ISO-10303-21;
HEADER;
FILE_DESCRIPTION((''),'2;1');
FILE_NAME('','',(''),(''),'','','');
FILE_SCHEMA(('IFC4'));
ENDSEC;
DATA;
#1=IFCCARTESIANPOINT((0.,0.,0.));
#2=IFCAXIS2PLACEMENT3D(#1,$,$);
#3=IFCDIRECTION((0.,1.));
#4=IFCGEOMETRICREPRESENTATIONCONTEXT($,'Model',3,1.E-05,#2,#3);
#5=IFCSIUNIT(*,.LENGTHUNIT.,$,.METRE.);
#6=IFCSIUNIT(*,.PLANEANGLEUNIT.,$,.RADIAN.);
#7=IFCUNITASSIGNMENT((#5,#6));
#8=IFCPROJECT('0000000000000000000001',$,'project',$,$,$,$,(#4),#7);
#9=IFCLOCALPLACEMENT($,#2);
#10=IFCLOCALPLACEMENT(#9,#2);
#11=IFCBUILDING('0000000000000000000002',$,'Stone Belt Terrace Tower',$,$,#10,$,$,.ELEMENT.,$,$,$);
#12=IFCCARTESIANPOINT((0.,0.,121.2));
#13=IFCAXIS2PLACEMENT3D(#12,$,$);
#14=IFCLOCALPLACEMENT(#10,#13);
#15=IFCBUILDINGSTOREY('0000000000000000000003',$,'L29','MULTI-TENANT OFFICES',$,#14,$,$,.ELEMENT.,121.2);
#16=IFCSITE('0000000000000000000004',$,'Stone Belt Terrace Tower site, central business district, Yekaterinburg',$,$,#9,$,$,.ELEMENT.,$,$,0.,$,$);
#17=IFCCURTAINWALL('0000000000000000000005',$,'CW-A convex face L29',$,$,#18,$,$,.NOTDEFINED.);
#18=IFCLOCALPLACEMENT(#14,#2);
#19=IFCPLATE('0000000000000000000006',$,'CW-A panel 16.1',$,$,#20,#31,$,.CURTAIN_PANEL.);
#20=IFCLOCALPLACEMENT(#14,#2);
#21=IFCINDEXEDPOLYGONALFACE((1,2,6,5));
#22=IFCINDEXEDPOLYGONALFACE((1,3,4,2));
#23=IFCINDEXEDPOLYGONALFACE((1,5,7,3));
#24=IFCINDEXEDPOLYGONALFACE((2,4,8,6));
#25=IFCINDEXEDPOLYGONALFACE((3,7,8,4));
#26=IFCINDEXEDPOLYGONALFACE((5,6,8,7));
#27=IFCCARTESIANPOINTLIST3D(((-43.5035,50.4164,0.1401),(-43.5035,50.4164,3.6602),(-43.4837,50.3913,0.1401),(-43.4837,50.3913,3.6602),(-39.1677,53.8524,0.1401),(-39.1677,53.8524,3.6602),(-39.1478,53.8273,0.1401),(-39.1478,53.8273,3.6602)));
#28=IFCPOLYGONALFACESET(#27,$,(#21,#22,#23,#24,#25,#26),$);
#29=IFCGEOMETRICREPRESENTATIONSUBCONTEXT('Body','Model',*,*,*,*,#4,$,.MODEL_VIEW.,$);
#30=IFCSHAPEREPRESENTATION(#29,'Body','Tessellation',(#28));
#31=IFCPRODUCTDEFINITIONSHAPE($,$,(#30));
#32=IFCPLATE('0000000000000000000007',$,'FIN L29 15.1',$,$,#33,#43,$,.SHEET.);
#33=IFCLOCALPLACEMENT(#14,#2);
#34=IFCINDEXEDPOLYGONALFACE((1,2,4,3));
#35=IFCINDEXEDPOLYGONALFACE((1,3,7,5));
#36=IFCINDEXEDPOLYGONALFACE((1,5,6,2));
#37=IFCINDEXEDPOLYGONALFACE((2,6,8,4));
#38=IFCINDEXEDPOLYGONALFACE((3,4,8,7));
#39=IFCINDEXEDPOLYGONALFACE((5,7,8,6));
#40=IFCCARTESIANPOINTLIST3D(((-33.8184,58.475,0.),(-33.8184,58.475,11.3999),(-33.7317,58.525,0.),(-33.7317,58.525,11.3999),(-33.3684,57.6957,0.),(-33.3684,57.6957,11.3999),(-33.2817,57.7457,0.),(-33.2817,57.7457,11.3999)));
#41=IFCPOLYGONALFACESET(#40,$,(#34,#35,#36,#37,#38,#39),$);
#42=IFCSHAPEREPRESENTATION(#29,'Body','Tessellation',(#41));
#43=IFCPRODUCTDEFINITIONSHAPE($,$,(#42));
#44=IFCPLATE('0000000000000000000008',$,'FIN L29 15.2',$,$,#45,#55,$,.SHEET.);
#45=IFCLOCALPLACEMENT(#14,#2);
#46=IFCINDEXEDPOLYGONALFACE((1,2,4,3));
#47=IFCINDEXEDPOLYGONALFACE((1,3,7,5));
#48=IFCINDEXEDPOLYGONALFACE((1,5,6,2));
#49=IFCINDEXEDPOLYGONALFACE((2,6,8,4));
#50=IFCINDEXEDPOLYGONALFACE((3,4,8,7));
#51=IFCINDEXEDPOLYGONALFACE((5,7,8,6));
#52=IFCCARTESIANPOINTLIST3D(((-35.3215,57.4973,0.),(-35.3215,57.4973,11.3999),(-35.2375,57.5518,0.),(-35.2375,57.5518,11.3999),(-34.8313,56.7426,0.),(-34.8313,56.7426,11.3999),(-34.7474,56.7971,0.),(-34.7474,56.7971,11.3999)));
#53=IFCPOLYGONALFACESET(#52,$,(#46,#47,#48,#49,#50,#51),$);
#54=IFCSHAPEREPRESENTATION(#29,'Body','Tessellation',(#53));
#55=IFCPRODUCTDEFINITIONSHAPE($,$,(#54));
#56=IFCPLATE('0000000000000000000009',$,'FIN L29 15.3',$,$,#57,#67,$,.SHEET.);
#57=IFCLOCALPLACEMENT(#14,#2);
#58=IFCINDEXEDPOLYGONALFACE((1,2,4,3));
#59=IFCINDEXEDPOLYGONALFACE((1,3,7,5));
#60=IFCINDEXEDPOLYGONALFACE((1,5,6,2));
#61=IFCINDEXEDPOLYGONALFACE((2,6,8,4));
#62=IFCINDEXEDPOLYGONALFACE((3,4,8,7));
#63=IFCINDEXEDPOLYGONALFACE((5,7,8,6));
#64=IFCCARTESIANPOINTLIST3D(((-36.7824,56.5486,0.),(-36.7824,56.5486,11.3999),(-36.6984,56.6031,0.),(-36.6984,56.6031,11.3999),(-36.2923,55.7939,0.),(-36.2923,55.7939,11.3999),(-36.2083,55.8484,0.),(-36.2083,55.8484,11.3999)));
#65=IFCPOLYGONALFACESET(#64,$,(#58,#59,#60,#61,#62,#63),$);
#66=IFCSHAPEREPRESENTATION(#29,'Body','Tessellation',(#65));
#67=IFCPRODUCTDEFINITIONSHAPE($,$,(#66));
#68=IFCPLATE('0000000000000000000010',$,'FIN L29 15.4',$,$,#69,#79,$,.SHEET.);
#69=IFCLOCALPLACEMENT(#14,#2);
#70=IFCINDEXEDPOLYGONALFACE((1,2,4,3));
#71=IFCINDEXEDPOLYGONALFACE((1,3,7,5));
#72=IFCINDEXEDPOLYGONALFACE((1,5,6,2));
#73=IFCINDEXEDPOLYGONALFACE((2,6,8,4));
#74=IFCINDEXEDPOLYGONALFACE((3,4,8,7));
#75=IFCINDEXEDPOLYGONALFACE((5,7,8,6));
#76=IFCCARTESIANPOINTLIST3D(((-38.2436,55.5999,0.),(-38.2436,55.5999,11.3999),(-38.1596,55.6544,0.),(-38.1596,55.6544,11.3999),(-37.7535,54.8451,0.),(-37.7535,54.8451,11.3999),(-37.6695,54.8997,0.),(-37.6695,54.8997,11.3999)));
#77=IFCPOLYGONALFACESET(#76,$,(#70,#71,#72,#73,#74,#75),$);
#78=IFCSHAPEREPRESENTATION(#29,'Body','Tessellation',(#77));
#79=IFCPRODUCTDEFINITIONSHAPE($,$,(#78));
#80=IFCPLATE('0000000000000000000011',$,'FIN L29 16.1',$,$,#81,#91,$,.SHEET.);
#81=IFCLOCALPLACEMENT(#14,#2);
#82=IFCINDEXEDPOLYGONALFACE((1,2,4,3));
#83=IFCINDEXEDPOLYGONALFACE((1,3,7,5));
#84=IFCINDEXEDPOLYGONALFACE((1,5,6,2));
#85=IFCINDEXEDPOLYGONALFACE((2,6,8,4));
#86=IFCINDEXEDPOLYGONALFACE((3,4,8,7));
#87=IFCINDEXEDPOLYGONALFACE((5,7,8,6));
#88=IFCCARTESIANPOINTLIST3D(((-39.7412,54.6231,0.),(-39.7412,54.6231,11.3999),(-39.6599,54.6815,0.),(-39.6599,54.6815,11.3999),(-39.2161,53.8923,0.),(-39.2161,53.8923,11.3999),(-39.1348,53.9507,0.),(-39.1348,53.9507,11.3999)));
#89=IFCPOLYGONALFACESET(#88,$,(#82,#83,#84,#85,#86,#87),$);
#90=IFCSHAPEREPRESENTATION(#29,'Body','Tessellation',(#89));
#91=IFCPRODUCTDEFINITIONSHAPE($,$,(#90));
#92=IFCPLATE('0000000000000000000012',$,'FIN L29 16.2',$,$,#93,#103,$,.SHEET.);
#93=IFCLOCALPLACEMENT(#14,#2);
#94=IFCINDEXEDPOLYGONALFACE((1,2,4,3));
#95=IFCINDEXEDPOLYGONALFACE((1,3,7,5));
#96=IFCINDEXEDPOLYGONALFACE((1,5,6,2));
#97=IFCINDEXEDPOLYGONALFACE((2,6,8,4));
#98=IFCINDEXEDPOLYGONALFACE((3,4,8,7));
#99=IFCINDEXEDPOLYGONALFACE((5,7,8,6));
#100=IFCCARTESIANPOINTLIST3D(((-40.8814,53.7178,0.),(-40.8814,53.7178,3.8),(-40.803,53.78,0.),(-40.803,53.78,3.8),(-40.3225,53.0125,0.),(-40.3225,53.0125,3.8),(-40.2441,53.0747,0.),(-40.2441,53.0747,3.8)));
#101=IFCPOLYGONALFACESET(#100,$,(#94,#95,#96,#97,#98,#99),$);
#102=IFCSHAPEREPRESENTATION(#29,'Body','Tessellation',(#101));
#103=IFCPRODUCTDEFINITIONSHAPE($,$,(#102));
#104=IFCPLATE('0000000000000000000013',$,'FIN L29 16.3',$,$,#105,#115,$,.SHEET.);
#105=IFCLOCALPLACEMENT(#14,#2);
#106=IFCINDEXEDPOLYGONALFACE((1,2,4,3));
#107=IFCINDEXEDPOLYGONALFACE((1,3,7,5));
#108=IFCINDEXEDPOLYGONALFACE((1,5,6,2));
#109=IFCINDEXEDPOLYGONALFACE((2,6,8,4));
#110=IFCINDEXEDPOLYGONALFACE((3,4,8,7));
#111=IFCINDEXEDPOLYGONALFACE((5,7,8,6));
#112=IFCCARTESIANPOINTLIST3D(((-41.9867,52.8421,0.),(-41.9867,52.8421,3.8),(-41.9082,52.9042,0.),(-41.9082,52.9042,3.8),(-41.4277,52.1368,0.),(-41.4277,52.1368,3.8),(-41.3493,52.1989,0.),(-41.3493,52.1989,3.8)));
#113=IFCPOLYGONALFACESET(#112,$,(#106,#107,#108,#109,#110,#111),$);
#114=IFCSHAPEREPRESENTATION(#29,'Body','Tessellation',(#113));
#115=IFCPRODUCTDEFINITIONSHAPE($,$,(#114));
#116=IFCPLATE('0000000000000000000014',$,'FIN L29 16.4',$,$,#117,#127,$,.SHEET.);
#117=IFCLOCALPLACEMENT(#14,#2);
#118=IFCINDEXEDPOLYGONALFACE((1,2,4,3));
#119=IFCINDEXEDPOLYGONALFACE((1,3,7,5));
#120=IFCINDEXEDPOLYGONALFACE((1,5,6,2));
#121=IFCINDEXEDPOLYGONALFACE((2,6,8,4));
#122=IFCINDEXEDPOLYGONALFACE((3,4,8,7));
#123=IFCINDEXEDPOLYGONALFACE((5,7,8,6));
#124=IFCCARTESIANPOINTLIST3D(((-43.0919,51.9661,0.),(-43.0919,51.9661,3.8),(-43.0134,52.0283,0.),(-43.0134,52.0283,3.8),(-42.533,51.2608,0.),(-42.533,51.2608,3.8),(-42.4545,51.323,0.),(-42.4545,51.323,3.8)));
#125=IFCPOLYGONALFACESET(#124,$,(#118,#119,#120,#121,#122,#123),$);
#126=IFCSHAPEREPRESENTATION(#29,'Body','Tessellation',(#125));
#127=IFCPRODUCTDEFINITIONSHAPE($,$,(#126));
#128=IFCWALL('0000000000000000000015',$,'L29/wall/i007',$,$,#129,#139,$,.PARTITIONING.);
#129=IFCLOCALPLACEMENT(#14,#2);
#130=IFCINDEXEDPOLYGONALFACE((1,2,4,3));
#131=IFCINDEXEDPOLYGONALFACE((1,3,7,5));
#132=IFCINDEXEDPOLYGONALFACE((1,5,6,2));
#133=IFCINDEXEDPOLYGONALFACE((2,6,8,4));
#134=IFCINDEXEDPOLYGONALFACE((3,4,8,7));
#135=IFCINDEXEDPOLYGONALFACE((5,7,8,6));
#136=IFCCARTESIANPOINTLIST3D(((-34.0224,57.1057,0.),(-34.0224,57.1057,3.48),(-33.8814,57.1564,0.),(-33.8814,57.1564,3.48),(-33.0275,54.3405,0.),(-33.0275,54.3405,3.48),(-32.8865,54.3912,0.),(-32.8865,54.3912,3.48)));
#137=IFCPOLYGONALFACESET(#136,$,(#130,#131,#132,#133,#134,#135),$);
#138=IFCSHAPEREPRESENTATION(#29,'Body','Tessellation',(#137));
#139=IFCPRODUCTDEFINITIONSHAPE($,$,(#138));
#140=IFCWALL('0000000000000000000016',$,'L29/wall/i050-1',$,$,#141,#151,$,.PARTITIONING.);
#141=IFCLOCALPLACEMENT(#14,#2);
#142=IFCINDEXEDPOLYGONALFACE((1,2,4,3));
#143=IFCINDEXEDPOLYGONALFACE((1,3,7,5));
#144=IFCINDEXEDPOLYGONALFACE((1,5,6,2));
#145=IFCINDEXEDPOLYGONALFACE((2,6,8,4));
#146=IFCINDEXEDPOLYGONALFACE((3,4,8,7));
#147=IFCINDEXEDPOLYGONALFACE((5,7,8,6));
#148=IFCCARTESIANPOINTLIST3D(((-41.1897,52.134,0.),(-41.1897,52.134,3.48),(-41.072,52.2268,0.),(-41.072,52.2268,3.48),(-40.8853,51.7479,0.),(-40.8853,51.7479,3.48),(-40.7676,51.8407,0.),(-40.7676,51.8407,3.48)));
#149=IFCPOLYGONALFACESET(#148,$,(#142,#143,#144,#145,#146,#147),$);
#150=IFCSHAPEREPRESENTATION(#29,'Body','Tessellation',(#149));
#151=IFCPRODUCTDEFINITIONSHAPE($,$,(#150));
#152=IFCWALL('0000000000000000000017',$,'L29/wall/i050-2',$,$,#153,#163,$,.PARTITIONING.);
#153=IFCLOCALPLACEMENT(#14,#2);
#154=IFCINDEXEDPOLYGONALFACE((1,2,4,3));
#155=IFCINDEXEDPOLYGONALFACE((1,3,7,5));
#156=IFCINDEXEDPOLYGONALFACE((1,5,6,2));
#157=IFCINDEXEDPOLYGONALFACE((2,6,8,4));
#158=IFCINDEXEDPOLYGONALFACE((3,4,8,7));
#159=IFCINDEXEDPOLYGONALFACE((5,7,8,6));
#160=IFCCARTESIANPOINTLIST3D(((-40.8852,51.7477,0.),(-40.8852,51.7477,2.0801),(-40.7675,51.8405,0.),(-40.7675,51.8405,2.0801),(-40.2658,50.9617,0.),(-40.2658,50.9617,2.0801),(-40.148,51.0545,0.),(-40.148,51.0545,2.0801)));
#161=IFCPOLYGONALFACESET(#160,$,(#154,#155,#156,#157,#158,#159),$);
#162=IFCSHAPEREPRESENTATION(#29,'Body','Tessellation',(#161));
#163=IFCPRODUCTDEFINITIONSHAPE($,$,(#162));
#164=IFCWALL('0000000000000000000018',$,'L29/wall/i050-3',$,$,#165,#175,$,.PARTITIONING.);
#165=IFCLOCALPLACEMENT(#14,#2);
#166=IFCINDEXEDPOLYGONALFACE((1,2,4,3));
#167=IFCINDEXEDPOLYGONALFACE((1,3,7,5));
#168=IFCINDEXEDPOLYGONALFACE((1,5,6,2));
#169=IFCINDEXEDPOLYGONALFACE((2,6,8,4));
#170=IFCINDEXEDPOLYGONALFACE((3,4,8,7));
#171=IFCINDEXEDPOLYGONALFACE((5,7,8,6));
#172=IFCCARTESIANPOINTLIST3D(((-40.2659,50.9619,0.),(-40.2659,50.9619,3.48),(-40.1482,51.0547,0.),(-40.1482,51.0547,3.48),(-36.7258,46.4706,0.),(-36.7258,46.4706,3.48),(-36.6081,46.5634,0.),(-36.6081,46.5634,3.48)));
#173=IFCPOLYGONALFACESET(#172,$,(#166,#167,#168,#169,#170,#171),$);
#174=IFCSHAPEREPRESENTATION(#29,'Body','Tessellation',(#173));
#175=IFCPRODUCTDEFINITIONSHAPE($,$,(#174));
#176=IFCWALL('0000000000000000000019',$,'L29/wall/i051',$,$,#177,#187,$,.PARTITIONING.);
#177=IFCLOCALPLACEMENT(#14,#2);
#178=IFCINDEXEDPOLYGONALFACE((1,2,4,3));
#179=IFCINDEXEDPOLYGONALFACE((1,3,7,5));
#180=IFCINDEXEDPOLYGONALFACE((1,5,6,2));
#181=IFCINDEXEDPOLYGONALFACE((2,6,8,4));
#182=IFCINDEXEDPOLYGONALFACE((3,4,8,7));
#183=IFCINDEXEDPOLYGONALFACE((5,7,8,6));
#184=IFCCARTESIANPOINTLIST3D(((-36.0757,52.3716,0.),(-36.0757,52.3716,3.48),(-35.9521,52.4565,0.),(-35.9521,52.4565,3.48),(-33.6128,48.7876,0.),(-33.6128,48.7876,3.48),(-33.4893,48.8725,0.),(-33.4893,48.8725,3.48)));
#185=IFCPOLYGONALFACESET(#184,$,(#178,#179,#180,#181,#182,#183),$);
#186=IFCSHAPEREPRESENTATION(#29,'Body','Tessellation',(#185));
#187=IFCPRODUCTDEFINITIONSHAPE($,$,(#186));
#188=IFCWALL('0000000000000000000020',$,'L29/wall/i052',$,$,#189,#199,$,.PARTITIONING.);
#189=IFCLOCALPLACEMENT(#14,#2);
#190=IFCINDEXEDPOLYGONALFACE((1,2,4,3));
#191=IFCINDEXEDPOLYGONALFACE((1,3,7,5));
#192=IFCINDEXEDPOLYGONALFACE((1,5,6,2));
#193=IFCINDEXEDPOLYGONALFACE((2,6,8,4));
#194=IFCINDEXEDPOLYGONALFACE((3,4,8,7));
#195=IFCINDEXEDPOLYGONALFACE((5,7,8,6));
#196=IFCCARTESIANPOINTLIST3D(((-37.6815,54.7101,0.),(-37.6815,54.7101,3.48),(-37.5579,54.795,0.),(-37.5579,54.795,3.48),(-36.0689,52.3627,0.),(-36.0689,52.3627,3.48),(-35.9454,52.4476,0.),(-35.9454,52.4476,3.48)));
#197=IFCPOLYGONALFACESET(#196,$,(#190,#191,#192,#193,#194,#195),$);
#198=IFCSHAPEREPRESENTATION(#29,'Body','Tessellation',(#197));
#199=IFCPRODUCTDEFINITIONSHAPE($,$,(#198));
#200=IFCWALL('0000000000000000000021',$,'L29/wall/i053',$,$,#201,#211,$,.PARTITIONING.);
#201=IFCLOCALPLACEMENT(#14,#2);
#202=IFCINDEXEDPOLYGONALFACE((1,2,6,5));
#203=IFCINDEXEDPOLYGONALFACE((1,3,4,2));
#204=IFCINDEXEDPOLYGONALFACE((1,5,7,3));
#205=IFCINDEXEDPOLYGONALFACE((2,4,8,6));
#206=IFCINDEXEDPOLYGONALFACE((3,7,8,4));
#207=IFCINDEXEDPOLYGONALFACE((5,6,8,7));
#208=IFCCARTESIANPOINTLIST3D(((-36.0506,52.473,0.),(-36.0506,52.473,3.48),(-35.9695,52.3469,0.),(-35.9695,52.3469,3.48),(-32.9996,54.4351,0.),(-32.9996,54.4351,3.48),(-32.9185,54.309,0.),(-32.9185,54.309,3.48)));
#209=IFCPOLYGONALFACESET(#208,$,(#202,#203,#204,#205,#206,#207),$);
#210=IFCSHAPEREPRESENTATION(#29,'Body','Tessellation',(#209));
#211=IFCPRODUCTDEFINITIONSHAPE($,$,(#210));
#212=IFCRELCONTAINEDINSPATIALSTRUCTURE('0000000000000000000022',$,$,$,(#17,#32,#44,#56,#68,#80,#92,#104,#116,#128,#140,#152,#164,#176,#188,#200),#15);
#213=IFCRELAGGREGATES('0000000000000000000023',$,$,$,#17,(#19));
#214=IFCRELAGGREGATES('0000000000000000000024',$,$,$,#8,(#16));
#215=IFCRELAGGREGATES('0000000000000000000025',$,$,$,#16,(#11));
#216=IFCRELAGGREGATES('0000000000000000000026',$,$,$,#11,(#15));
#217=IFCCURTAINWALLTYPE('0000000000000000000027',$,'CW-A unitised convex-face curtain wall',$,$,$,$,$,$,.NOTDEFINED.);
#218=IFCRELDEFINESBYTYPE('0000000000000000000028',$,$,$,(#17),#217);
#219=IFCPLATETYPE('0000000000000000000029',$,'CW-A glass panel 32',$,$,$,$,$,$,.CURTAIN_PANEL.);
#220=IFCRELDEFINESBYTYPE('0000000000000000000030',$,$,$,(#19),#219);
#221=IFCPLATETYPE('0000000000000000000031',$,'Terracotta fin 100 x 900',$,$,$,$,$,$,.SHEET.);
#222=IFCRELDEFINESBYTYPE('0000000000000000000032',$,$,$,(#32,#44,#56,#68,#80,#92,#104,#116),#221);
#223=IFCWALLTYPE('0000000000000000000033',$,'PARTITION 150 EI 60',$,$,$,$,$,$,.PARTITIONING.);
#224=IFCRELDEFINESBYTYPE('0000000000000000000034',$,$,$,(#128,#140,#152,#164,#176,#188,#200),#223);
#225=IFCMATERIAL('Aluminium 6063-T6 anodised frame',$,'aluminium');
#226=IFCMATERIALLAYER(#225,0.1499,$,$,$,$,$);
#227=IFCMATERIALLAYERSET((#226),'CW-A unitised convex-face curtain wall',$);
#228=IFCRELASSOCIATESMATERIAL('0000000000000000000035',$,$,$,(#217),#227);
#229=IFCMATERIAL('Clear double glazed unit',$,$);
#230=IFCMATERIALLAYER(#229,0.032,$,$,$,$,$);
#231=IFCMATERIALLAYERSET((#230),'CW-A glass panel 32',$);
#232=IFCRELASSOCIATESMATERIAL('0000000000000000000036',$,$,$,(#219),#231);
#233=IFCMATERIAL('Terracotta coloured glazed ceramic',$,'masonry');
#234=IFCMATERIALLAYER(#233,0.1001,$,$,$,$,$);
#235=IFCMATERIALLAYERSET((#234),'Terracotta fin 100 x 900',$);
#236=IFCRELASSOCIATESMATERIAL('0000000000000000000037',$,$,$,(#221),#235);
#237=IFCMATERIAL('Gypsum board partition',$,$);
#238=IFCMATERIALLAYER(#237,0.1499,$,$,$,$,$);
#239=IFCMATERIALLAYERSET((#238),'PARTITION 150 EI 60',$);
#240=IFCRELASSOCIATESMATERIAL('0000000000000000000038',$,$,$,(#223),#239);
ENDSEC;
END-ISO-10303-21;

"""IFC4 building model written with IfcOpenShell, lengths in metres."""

from ifc_helpers import new_model, si_unit, direction, frame, frame_2d, origin, origin_2d, place, context, subcontext, project, spatial, rectangle, extrude, material, layer, layer_set, type_object, element, aggregate, save


model = new_model("IFC4")

# Units and contexts
model_context = context("Model", 3, precision=1e-05, world=origin(), true_north=direction((0.0, 1.0)))
body_context = subcontext(model_context, "Body", "Model", "MODEL_VIEW")
ifc_project = project(units=[si_unit("LENGTHUNIT", "METRE"), si_unit("PLANEANGLEUNIT", "RADIAN")], contexts=[model_context])

# Site, building, storey
site_placement = place(None, origin())
site = spatial("IfcSite", under=ifc_project, at=site_placement, Name="Stone Belt Terrace Tower site, central business district, Yekaterinburg", CompositionType="ELEMENT", RefElevation=0.0)
building_placement = place(site_placement, origin())
building = spatial("IfcBuilding", under=site, at=building_placement, Name="Stone Belt Terrace Tower", CompositionType="ELEMENT")
storey_placement = place(building_placement, frame((0.0, 0.0, 121.2)))
storey = spatial("IfcBuildingStorey", under=building, at=storey_placement, Name="L29", Description="MULTI-TENANT OFFICES", CompositionType="ELEMENT", Elevation=121.2)

# Curtain wall
ifc_material_1 = material(Name="Aluminium 6063-T6 anodised frame", Category="aluminium")
ifc_layer_1 = layer(ifc_material_1, 0.1499)
ifc_layer_set_1 = layer_set([ifc_layer_1], Name="CW-A unitised convex-face curtain wall")
curtain_wall_type_1 = type_object("IfcCurtainWallType", Name="CW-A unitised convex-face curtain wall", PredefinedType="NOTDEFINED", material=ifc_layer_set_1)
curtain_wall_1_placement = place(storey_placement, origin())
curtain_wall_1 = element("IfcCurtainWall", 1, at=curtain_wall_1_placement, inside=storey, type_object=curtain_wall_type_1, Name="CW-A convex face L29", PredefinedType="NOTDEFINED")

# Plate
ifc_material_2 = material(Name="Clear double glazed unit")
ifc_layer_2 = layer(ifc_material_2, 0.032)
ifc_layer_set_2 = layer_set([ifc_layer_2], Name="CW-A glass panel 32")
plate_type_1 = type_object("IfcPlateType", Name="CW-A glass panel 32", PredefinedType="CURTAIN_PANEL", material=ifc_layer_set_2)
plate_1_placement = place(storey_placement, frame((-41.3257, 52.1218, 0.1401), z_axis=(0.0, 0.0, 1.0), x_axis=(-0.783743, -0.621085, 0.0)))
plate_1 = element("IfcPlate", 2, at=plate_1_placement, type_object=plate_type_1, Name="CW-A panel 16.1", PredefinedType="CURTAIN_PANEL", context=body_context, shape_type="SweptSolid", body=[
    extrude(rectangle(XDim=5.5322, YDim=0.032, at=origin_2d()), origin(), (0.0, 0.0, 1.0), 3.52),
])
aggregate(curtain_wall_1, [plate_1])

# Plates
ifc_material_3 = material(Name="Terracotta coloured glazed ceramic", Category="masonry")
ifc_layer_3 = layer(ifc_material_3, 0.1001)
ifc_layer_set_3 = layer_set([ifc_layer_3], Name="Terracotta fin 100 x 900")
plate_type_2 = type_object("IfcPlateType", Name="Terracotta fin 100 x 900", PredefinedType="SHEET", material=ifc_layer_set_3)
for number, where, z_axis, x_axis, name in (
    (3, (-33.55, 58.1104, 0.0), (0.0, 0.0, 1.0), (-0.5, 0.866025, 0.0), "FIN L29 15.1"),
    (4, (-35.0344, 57.1472, 0.0), (0.0, 0.0, 1.0), (-0.544639, 0.838671, 0.0), "FIN L29 15.2"),
    (5, (-36.4954, 56.1985, 0.0), (0.0, 0.0, 1.0), (-0.544639, 0.838671, 0.0), "FIN L29 15.3"),
    (6, (-37.9565, 55.2498, 0.0), (0.0, 0.0, 1.0), (-0.544639, 0.838671, 0.0), "FIN L29 15.4"),
    (7, (-39.438, 54.2869, 0.0), (0.0, 0.0, 1.0), (-0.583509, 0.812107, 0.0), "FIN L29 16.1"),
):
    element("IfcPlate", number, at=place(storey_placement, frame(where, z_axis=z_axis, x_axis=x_axis)), inside=storey, type_object=plate_type_2, Name=name, PredefinedType="SHEET", context=body_context, shape_type="SweptSolid", body=[
        extrude(rectangle(XDim=0.8999, YDim=0.1001, at=origin_2d()), origin(), (0.0, 0.0, 1.0), 11.3999),
    ])
for number, where, z_axis, x_axis, name in (
    (8, (-40.5627, 53.3962, 0.0), (0.0, 0.0, 1.0), (-0.621085, 0.783743, 0.0), "FIN L29 16.2"),
    (9, (-41.668, 52.5205, 0.0), (0.0, 0.0, 1.0), (-0.621085, 0.783743, 0.0), "FIN L29 16.3"),
    (10, (-42.7732, 51.6445, 0.0), (0.0, 0.0, 1.0), (-0.621085, 0.783743, 0.0), "FIN L29 16.4"),
):
    element("IfcPlate", number, at=place(storey_placement, frame(where, z_axis=z_axis, x_axis=x_axis)), inside=storey, type_object=plate_type_2, Name=name, PredefinedType="SHEET", context=body_context, shape_type="SweptSolid", body=[
        extrude(rectangle(XDim=0.8999, YDim=0.1001, at=origin_2d()), origin(), (0.0, 0.0, 1.0), 3.8),
    ])

# Walls
ifc_material_4 = material(Name="Gypsum board partition")
ifc_layer_4 = layer(ifc_material_4, 0.1499)
ifc_layer_set_4 = layer_set([ifc_layer_4], Name="PARTITION 150 EI 60")
wall_type = type_object("IfcWallType", Name="PARTITION 150 EI 60", PredefinedType="PARTITIONING", material=ifc_layer_set_4)
wall_1_placement = place(storey_placement, frame((-32.957, 54.366, 0.0), z_axis=(0.0, 0.0, 1.0), x_axis=(-0.338546, 0.94095, 0.0)))
element("IfcWall", 11, at=wall_1_placement, inside=storey, type_object=wall_type, Name="L29/wall/i007", PredefinedType="PARTITIONING", context=body_context, shape_type="SweptSolid", body=[
    extrude(rectangle(XDim=2.9387, YDim=0.1499, at=frame_2d((1.4692, 0.0))), origin(), (0.0, 0.0, 1.0), 3.48),
])
wall_2_placement = place(storey_placement, frame((-41.1309, 52.1804, 0.0), z_axis=(0.0, 0.0, 1.0), x_axis=(0.619049, -0.785353, 0.0)))
element("IfcWall", 12, at=wall_2_placement, inside=storey, type_object=wall_type, Name="L29/wall/i050-1", PredefinedType="PARTITIONING", context=body_context, shape_type="SweptSolid", body=[
    extrude(rectangle(XDim=0.4917, YDim=0.1499, at=frame_2d((0.2458, 0.0))), origin(), (0.0, 0.0, 1.0), 3.48),
])
wall_3_placement = place(storey_placement, frame((-40.8264, 51.7942, 0.0), z_axis=(0.0, 0.0, 1.0), x_axis=(0.618995, -0.785395, 0.0)))
element("IfcWall", 13, at=wall_3_placement, inside=storey, type_object=wall_type, Name="L29/wall/i050-2", PredefinedType="PARTITIONING", context=body_context, shape_type="SweptSolid", body=[
    extrude(rectangle(XDim=1.0007, YDim=0.1499, at=frame_2d((0.5005, 0.0))), origin(), (0.0, 0.0, 1.0), 2.0801),
])
wall_4_placement = place(storey_placement, frame((-40.207, 51.0083, 0.0), z_axis=(0.0, 0.0, 1.0), x_axis=(0.619035, -0.785363, 0.0)))
element("IfcWall", 14, at=wall_4_placement, inside=storey, type_object=wall_type, Name="L29/wall/i050-3", PredefinedType="PARTITIONING", context=body_context, shape_type="SweptSolid", body=[
    extrude(rectangle(XDim=5.7188, YDim=0.1499, at=frame_2d((2.8594, 0.0))), origin(), (0.0, 0.0, 1.0), 3.48),
])
wall_5_placement = place(storey_placement, frame((-36.0139, 52.4141, 0.0), z_axis=(0.0, 0.0, 1.0), x_axis=(0.566357, -0.82416, 0.0)))
element("IfcWall", 15, at=wall_5_placement, inside=storey, type_object=wall_type, Name="L29/wall/i051", PredefinedType="PARTITIONING", context=body_context, shape_type="SweptSolid", body=[
    extrude(rectangle(XDim=4.3486, YDim=0.1499, at=frame_2d((2.1743, 0.0))), origin(), (0.0, 0.0, 1.0), 3.48),
])
wall_6_placement = place(storey_placement, frame((-37.6196, 54.7524, 0.0), z_axis=(0.0, 0.0, 1.0), x_axis=(0.56622, -0.824254, 0.0)))
element("IfcWall", 16, at=wall_6_placement, inside=storey, type_object=wall_type, Name="L29/wall/i052", PredefinedType="PARTITIONING", context=body_context, shape_type="SweptSolid", body=[
    extrude(rectangle(XDim=2.8479, YDim=0.1499, at=frame_2d((1.4238, 0.0))), origin(), (0.0, 0.0, 1.0), 3.48),
])
wall_7_placement = place(storey_placement, frame((-36.01, 52.4099, 0.0), z_axis=(0.0, 0.0, 1.0), x_axis=(0.84108, 0.540911, 0.0)))
element("IfcWall", 17, at=wall_7_placement, inside=storey, type_object=wall_type, Name="L29/wall/i053", PredefinedType="PARTITIONING", context=body_context, shape_type="SweptSolid", body=[
    extrude(rectangle(XDim=3.6274, YDim=0.1499, at=frame_2d((1.8137, 0.0))), origin(), (0.0, 0.0, 1.0), 3.48),
])

save(model, "model.ifc")
